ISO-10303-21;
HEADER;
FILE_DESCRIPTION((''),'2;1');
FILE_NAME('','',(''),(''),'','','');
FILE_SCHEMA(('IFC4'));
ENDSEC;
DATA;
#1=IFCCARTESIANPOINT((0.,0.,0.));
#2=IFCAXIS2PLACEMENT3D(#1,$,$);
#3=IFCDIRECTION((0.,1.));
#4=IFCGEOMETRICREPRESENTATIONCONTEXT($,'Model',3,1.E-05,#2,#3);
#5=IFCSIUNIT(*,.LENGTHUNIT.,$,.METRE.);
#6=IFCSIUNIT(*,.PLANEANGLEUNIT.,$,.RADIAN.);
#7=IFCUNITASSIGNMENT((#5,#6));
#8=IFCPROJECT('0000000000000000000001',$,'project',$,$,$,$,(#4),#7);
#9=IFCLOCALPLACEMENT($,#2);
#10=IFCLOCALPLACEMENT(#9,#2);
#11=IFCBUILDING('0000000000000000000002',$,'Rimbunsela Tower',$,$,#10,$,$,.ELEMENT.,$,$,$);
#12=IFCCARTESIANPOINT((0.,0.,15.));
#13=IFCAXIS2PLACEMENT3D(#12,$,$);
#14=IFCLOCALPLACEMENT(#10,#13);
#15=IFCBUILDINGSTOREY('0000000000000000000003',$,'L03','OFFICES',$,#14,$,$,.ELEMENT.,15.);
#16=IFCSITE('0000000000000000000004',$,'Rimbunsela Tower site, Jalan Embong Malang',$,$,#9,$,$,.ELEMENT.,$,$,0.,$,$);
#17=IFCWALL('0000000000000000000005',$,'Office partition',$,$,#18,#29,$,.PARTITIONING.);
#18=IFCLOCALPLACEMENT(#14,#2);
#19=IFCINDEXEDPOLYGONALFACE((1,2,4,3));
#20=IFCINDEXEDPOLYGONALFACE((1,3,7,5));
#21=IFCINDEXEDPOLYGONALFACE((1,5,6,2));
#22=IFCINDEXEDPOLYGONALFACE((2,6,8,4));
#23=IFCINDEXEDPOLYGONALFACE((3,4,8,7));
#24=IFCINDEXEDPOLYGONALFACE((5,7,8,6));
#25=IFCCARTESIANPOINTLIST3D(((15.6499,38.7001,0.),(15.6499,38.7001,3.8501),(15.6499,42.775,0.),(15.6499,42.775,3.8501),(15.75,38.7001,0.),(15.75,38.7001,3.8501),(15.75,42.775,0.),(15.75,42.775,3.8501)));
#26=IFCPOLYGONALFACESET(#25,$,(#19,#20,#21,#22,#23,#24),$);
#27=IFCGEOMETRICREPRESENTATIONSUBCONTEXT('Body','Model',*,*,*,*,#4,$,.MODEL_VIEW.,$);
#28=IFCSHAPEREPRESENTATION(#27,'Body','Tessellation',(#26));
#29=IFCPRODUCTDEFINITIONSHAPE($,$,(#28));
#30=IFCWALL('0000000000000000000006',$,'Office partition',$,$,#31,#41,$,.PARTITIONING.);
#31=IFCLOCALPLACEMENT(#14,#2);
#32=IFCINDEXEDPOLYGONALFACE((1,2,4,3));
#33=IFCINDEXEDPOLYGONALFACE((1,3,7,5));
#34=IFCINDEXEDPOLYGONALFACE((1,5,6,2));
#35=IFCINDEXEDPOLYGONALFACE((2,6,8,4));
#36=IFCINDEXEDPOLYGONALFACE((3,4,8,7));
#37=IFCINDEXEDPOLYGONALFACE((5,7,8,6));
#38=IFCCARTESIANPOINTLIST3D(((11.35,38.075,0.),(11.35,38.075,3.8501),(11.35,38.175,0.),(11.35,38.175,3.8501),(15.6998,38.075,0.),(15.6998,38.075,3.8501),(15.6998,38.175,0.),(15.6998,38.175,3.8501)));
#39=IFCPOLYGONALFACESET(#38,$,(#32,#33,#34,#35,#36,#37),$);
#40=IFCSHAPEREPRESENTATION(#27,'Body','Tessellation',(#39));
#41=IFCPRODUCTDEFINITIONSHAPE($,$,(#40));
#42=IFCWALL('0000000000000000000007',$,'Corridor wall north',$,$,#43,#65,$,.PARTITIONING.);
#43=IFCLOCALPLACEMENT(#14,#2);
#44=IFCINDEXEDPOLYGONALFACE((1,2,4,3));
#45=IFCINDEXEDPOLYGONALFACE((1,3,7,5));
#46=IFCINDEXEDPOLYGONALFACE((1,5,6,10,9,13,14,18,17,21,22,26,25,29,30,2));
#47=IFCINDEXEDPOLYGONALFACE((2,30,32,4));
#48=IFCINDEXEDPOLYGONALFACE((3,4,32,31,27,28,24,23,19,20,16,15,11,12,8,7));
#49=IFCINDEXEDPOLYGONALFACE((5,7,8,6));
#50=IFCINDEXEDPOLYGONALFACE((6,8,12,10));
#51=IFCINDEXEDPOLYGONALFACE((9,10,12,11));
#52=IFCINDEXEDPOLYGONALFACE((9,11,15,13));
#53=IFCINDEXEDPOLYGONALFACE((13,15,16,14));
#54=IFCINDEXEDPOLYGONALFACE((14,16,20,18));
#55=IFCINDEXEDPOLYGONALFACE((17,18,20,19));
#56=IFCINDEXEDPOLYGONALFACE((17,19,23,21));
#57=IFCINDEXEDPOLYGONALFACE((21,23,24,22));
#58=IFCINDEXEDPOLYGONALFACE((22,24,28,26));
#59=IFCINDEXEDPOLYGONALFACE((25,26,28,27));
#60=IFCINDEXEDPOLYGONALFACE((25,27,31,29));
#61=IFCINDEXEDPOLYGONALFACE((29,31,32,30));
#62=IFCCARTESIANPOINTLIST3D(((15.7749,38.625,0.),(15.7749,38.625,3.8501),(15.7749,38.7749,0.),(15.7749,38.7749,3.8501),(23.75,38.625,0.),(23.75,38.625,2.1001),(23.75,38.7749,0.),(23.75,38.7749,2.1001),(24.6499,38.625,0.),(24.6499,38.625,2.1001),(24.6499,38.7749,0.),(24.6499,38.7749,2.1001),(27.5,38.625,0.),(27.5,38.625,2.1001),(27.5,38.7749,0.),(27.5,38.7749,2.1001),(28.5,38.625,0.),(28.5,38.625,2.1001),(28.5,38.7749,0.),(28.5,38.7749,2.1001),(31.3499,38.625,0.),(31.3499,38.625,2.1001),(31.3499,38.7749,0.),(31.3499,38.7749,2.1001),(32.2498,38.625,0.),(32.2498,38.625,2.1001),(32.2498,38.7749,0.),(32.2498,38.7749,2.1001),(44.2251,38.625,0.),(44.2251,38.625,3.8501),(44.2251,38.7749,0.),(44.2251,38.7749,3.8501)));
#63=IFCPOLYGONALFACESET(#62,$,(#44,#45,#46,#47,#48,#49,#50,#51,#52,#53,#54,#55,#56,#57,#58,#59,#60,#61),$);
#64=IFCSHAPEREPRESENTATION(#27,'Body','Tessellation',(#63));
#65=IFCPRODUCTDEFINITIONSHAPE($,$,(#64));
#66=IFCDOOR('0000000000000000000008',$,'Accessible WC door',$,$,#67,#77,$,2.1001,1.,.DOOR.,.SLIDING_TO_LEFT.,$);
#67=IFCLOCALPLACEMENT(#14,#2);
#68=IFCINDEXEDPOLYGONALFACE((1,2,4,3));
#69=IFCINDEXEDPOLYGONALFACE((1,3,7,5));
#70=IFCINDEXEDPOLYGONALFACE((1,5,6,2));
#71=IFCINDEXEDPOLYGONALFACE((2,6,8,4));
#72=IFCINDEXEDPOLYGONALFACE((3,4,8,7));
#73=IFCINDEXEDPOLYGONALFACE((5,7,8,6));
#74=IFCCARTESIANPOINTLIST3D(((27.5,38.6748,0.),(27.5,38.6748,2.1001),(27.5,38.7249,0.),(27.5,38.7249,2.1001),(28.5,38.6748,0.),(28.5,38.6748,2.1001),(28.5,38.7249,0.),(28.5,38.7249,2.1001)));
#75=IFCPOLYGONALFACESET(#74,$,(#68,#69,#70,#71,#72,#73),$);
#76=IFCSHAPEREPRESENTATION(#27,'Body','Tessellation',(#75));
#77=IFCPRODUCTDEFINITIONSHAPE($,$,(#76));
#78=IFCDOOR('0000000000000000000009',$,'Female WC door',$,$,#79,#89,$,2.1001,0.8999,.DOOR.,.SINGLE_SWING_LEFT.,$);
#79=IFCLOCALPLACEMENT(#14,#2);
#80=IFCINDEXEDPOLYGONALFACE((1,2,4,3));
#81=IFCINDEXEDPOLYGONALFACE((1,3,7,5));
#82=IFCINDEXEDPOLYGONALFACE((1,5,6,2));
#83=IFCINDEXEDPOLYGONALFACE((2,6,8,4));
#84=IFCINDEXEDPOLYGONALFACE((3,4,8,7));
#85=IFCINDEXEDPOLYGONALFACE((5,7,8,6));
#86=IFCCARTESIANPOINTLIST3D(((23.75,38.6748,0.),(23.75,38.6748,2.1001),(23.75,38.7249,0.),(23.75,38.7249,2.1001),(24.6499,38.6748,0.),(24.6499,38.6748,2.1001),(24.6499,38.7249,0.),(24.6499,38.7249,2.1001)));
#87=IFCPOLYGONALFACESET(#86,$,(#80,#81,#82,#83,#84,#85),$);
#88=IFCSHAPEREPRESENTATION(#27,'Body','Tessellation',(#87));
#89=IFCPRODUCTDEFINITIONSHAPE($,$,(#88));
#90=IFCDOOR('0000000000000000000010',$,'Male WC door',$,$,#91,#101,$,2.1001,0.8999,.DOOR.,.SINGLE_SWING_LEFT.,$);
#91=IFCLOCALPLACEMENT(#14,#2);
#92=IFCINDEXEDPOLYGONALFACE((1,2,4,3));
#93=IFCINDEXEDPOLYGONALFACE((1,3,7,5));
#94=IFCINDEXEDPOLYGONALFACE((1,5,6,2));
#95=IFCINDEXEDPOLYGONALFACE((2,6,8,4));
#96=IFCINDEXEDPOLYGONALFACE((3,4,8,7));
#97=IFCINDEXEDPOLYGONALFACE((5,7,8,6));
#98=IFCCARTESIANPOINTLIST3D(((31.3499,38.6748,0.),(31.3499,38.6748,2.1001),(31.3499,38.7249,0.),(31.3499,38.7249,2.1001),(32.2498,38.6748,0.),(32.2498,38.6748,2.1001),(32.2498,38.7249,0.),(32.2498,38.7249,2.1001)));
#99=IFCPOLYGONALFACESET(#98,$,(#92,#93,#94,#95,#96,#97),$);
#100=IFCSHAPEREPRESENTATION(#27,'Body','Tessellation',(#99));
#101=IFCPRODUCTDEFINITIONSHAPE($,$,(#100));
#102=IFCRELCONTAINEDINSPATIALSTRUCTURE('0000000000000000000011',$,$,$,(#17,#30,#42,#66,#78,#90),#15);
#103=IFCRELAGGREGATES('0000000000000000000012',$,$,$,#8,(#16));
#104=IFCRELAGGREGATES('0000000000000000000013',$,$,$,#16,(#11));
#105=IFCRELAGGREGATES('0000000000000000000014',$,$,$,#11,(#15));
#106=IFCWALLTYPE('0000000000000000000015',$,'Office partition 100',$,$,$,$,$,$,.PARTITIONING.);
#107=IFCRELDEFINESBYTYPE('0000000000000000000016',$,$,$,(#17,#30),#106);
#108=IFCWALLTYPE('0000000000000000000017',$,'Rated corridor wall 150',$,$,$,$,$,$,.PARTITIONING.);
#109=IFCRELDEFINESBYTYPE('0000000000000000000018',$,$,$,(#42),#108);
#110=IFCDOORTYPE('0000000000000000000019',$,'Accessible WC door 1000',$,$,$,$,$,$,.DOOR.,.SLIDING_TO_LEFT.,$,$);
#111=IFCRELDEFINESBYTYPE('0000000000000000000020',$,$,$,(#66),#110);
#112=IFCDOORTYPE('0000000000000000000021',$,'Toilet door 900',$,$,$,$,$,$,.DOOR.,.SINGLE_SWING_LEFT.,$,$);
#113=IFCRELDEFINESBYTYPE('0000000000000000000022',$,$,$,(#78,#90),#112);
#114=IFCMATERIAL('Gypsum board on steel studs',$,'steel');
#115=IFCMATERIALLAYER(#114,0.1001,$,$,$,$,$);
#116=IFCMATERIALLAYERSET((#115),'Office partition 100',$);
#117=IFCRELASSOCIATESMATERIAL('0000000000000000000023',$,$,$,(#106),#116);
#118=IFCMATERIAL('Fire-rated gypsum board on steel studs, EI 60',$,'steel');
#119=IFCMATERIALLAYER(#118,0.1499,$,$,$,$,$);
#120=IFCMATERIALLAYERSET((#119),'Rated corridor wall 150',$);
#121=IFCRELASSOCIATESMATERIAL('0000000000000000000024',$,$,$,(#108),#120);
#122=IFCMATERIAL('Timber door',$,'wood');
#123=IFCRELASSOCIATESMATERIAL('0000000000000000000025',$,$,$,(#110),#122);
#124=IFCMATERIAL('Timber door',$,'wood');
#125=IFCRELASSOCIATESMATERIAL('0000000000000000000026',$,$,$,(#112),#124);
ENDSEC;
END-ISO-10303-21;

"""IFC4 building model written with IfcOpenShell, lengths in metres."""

from ifc_helpers import new_model, si_unit, direction, frame, frame_2d, origin, place, context, subcontext, project, spatial, rectangle, extrude, material, layer, layer_set, type_object, element, fill, save


model = new_model("IFC4")

# Units and contexts
model_context = context("Model", 3, precision=1e-05, world=origin(), true_north=direction((0.0, 1.0)))
body_context = subcontext(model_context, "Body", "Model", "MODEL_VIEW")
ifc_project = project(units=[si_unit("LENGTHUNIT", "METRE"), si_unit("PLANEANGLEUNIT", "RADIAN")], contexts=[model_context])

# Site, building, storey
site_placement = place(None, origin())
site = spatial("IfcSite", under=ifc_project, at=site_placement, Name="Rimbunsela Tower site, Jalan Embong Malang", CompositionType="ELEMENT", RefElevation=0.0)
building_placement = place(site_placement, origin())
building = spatial("IfcBuilding", under=site, at=building_placement, Name="Rimbunsela Tower", CompositionType="ELEMENT")
storey_placement = place(building_placement, frame((0.0, 0.0, 15.0)))
storey = spatial("IfcBuildingStorey", under=building, at=storey_placement, Name="L03", Description="OFFICES", CompositionType="ELEMENT", Elevation=15.0)

# Shared definitions
ifc_material_1 = material(Name="Gypsum board on steel studs", Category="steel")
ifc_layer_1 = layer(ifc_material_1, 0.1001)
ifc_layer_set_1 = layer_set([ifc_layer_1], Name="Office partition 100")
wall_type_1 = type_object("IfcWallType", Name="Office partition 100", PredefinedType="PARTITIONING", material=ifc_layer_set_1)

# Walls
wall_1_placement = place(storey_placement, frame((15.7, 38.7, 0.0), z_axis=(0.0, 0.0, 1.0), x_axis=(0.0, 1.0, 0.0)))
element("IfcWall", 1, at=wall_1_placement, inside=storey, type_object=wall_type_1, Name="Office partition", PredefinedType="PARTITIONING", context=body_context, shape_type="SweptSolid", body=[
    extrude(rectangle(XDim=4.075, YDim=0.1001, at=frame_2d((2.0376, 0.0))), origin(), (0.0, 0.0, 1.0), 3.8501),
])
wall_2_placement = place(storey_placement, frame((11.3501, 38.125, 0.0), z_axis=(0.0, 0.0, 1.0), x_axis=(1.0, 0.0, 0.0)))
element("IfcWall", 2, at=wall_2_placement, inside=storey, type_object=wall_type_1, Name="Office partition", PredefinedType="PARTITIONING", context=body_context, shape_type="SweptSolid", body=[
    extrude(rectangle(XDim=4.3499, YDim=0.1001, at=frame_2d((2.1748, 0.0))), origin(), (0.0, 0.0, 1.0), 3.8501),
])

# Wall, openings, doors
ifc_material_2 = material(Name="Fire-rated gypsum board on steel studs, EI 60", Category="steel")
ifc_layer_2 = layer(ifc_material_2, 0.1499)
ifc_layer_set_2 = layer_set([ifc_layer_2], Name="Rated corridor wall 150")
wall_type_2 = type_object("IfcWallType", Name="Rated corridor wall 150", PredefinedType="PARTITIONING", material=ifc_layer_set_2)
wall_3_placement = place(storey_placement, frame((15.7749, 38.7, 0.0), z_axis=(0.0, 0.0, 1.0), x_axis=(1.0, 0.0, 0.0)))
wall_3 = element("IfcWall", 3, at=wall_3_placement, inside=storey, type_object=wall_type_2, Name="Corridor wall north", PredefinedType="PARTITIONING", context=body_context, shape_type="SweptSolid", body=[
    extrude(rectangle(XDim=28.4502, YDim=0.1499, at=frame_2d((14.2251, 0.0))), origin(), (0.0, 0.0, 1.0), 3.8501),
])
opening_1_placement = place(wall_3_placement, frame((7.9751, 0.0, 0.0)))
opening_1 = element("IfcOpeningElement", 4, at=opening_1_placement, cuts=wall_3, PredefinedType="OPENING", context=body_context, shape_type="SweptSolid", body=[
    extrude(rectangle(XDim=0.8999, YDim=2.1001, at=frame_2d((0.45, 1.05))), frame((0.0, 0.085, 0.0), z_axis=(0.0, -1.0, 0.0), x_axis=(1.0, 0.0, 0.0)), (0.0, 0.0, 1.0), 0.1699),
])
opening_2_placement = place(wall_3_placement, frame((11.7251, 0.0, 0.0)))
opening_2 = element("IfcOpeningElement", 5, at=opening_2_placement, cuts=wall_3, PredefinedType="OPENING", context=body_context, shape_type="SweptSolid", body=[
    extrude(rectangle(XDim=1.0, YDim=2.1001, at=frame_2d((0.5, 1.05))), frame((0.0, 0.085, 0.0), z_axis=(0.0, -1.0, 0.0), x_axis=(1.0, 0.0, 0.0)), (0.0, 0.0, 1.0), 0.1699),
])
opening_3_placement = place(wall_3_placement, frame((15.575, 0.0, 0.0)))
opening_3 = element("IfcOpeningElement", 6, at=opening_3_placement, cuts=wall_3, PredefinedType="OPENING", context=body_context, shape_type="SweptSolid", body=[
    extrude(rectangle(XDim=0.8999, YDim=2.1001, at=frame_2d((0.45, 1.05))), frame((0.0, 0.085, 0.0), z_axis=(0.0, -1.0, 0.0), x_axis=(1.0, 0.0, 0.0)), (0.0, 0.0, 1.0), 0.1699),
])
ifc_material_3 = material(Name="Timber door", Category="wood")
door_type_1 = type_object("IfcDoorType", Name="Accessible WC door 1000", OperationType="SLIDING_TO_LEFT", PredefinedType="DOOR", material=ifc_material_3)
door_1_placement = place(opening_2_placement, origin())
door_1 = element("IfcDoor", 7, at=door_1_placement, inside=storey, type_object=door_type_1, Name="Accessible WC door", OperationType="SLIDING_TO_LEFT", OverallHeight=2.1001, OverallWidth=1.0, PredefinedType="DOOR", context=body_context, shape_type="SweptSolid", body=[
    extrude(rectangle(XDim=1.0, YDim=2.1001, at=frame_2d((0.5, 1.05))), frame((0.0, 0.0249, 0.0), z_axis=(0.0, -1.0, 0.0), x_axis=(1.0, 0.0, 0.0)), (0.0, 0.0, 1.0), 0.05),
])
fill(opening_2, door_1)
ifc_material_4 = material(Name="Timber door", Category="wood")
door_type_2 = type_object("IfcDoorType", Name="Toilet door 900", OperationType="SINGLE_SWING_LEFT", PredefinedType="DOOR", material=ifc_material_4)
door_2_placement = place(opening_1_placement, origin())
door_2 = element("IfcDoor", 8, at=door_2_placement, inside=storey, type_object=door_type_2, Name="Female WC door", OperationType="SINGLE_SWING_LEFT", OverallHeight=2.1001, OverallWidth=0.8999, PredefinedType="DOOR", context=body_context, shape_type="SweptSolid", body=[
    extrude(rectangle(XDim=0.8999, YDim=2.1001, at=frame_2d((0.45, 1.05))), frame((0.0, 0.0249, 0.0), z_axis=(0.0, -1.0, 0.0), x_axis=(1.0, 0.0, 0.0)), (0.0, 0.0, 1.0), 0.05),
])
fill(opening_1, door_2)
door_3_placement = place(opening_3_placement, origin())
door_3 = element("IfcDoor", 9, at=door_3_placement, inside=storey, type_object=door_type_2, Name="Male WC door", OperationType="SINGLE_SWING_LEFT", OverallHeight=2.1001, OverallWidth=0.8999, PredefinedType="DOOR", context=body_context, shape_type="SweptSolid", body=[
    extrude(rectangle(XDim=0.8999, YDim=2.1001, at=frame_2d((0.45, 1.05))), frame((0.0, 0.0249, 0.0), z_axis=(0.0, -1.0, 0.0), x_axis=(1.0, 0.0, 0.0)), (0.0, 0.0, 1.0), 0.05),
])
fill(opening_3, door_3)

save(model, "model.ifc")
